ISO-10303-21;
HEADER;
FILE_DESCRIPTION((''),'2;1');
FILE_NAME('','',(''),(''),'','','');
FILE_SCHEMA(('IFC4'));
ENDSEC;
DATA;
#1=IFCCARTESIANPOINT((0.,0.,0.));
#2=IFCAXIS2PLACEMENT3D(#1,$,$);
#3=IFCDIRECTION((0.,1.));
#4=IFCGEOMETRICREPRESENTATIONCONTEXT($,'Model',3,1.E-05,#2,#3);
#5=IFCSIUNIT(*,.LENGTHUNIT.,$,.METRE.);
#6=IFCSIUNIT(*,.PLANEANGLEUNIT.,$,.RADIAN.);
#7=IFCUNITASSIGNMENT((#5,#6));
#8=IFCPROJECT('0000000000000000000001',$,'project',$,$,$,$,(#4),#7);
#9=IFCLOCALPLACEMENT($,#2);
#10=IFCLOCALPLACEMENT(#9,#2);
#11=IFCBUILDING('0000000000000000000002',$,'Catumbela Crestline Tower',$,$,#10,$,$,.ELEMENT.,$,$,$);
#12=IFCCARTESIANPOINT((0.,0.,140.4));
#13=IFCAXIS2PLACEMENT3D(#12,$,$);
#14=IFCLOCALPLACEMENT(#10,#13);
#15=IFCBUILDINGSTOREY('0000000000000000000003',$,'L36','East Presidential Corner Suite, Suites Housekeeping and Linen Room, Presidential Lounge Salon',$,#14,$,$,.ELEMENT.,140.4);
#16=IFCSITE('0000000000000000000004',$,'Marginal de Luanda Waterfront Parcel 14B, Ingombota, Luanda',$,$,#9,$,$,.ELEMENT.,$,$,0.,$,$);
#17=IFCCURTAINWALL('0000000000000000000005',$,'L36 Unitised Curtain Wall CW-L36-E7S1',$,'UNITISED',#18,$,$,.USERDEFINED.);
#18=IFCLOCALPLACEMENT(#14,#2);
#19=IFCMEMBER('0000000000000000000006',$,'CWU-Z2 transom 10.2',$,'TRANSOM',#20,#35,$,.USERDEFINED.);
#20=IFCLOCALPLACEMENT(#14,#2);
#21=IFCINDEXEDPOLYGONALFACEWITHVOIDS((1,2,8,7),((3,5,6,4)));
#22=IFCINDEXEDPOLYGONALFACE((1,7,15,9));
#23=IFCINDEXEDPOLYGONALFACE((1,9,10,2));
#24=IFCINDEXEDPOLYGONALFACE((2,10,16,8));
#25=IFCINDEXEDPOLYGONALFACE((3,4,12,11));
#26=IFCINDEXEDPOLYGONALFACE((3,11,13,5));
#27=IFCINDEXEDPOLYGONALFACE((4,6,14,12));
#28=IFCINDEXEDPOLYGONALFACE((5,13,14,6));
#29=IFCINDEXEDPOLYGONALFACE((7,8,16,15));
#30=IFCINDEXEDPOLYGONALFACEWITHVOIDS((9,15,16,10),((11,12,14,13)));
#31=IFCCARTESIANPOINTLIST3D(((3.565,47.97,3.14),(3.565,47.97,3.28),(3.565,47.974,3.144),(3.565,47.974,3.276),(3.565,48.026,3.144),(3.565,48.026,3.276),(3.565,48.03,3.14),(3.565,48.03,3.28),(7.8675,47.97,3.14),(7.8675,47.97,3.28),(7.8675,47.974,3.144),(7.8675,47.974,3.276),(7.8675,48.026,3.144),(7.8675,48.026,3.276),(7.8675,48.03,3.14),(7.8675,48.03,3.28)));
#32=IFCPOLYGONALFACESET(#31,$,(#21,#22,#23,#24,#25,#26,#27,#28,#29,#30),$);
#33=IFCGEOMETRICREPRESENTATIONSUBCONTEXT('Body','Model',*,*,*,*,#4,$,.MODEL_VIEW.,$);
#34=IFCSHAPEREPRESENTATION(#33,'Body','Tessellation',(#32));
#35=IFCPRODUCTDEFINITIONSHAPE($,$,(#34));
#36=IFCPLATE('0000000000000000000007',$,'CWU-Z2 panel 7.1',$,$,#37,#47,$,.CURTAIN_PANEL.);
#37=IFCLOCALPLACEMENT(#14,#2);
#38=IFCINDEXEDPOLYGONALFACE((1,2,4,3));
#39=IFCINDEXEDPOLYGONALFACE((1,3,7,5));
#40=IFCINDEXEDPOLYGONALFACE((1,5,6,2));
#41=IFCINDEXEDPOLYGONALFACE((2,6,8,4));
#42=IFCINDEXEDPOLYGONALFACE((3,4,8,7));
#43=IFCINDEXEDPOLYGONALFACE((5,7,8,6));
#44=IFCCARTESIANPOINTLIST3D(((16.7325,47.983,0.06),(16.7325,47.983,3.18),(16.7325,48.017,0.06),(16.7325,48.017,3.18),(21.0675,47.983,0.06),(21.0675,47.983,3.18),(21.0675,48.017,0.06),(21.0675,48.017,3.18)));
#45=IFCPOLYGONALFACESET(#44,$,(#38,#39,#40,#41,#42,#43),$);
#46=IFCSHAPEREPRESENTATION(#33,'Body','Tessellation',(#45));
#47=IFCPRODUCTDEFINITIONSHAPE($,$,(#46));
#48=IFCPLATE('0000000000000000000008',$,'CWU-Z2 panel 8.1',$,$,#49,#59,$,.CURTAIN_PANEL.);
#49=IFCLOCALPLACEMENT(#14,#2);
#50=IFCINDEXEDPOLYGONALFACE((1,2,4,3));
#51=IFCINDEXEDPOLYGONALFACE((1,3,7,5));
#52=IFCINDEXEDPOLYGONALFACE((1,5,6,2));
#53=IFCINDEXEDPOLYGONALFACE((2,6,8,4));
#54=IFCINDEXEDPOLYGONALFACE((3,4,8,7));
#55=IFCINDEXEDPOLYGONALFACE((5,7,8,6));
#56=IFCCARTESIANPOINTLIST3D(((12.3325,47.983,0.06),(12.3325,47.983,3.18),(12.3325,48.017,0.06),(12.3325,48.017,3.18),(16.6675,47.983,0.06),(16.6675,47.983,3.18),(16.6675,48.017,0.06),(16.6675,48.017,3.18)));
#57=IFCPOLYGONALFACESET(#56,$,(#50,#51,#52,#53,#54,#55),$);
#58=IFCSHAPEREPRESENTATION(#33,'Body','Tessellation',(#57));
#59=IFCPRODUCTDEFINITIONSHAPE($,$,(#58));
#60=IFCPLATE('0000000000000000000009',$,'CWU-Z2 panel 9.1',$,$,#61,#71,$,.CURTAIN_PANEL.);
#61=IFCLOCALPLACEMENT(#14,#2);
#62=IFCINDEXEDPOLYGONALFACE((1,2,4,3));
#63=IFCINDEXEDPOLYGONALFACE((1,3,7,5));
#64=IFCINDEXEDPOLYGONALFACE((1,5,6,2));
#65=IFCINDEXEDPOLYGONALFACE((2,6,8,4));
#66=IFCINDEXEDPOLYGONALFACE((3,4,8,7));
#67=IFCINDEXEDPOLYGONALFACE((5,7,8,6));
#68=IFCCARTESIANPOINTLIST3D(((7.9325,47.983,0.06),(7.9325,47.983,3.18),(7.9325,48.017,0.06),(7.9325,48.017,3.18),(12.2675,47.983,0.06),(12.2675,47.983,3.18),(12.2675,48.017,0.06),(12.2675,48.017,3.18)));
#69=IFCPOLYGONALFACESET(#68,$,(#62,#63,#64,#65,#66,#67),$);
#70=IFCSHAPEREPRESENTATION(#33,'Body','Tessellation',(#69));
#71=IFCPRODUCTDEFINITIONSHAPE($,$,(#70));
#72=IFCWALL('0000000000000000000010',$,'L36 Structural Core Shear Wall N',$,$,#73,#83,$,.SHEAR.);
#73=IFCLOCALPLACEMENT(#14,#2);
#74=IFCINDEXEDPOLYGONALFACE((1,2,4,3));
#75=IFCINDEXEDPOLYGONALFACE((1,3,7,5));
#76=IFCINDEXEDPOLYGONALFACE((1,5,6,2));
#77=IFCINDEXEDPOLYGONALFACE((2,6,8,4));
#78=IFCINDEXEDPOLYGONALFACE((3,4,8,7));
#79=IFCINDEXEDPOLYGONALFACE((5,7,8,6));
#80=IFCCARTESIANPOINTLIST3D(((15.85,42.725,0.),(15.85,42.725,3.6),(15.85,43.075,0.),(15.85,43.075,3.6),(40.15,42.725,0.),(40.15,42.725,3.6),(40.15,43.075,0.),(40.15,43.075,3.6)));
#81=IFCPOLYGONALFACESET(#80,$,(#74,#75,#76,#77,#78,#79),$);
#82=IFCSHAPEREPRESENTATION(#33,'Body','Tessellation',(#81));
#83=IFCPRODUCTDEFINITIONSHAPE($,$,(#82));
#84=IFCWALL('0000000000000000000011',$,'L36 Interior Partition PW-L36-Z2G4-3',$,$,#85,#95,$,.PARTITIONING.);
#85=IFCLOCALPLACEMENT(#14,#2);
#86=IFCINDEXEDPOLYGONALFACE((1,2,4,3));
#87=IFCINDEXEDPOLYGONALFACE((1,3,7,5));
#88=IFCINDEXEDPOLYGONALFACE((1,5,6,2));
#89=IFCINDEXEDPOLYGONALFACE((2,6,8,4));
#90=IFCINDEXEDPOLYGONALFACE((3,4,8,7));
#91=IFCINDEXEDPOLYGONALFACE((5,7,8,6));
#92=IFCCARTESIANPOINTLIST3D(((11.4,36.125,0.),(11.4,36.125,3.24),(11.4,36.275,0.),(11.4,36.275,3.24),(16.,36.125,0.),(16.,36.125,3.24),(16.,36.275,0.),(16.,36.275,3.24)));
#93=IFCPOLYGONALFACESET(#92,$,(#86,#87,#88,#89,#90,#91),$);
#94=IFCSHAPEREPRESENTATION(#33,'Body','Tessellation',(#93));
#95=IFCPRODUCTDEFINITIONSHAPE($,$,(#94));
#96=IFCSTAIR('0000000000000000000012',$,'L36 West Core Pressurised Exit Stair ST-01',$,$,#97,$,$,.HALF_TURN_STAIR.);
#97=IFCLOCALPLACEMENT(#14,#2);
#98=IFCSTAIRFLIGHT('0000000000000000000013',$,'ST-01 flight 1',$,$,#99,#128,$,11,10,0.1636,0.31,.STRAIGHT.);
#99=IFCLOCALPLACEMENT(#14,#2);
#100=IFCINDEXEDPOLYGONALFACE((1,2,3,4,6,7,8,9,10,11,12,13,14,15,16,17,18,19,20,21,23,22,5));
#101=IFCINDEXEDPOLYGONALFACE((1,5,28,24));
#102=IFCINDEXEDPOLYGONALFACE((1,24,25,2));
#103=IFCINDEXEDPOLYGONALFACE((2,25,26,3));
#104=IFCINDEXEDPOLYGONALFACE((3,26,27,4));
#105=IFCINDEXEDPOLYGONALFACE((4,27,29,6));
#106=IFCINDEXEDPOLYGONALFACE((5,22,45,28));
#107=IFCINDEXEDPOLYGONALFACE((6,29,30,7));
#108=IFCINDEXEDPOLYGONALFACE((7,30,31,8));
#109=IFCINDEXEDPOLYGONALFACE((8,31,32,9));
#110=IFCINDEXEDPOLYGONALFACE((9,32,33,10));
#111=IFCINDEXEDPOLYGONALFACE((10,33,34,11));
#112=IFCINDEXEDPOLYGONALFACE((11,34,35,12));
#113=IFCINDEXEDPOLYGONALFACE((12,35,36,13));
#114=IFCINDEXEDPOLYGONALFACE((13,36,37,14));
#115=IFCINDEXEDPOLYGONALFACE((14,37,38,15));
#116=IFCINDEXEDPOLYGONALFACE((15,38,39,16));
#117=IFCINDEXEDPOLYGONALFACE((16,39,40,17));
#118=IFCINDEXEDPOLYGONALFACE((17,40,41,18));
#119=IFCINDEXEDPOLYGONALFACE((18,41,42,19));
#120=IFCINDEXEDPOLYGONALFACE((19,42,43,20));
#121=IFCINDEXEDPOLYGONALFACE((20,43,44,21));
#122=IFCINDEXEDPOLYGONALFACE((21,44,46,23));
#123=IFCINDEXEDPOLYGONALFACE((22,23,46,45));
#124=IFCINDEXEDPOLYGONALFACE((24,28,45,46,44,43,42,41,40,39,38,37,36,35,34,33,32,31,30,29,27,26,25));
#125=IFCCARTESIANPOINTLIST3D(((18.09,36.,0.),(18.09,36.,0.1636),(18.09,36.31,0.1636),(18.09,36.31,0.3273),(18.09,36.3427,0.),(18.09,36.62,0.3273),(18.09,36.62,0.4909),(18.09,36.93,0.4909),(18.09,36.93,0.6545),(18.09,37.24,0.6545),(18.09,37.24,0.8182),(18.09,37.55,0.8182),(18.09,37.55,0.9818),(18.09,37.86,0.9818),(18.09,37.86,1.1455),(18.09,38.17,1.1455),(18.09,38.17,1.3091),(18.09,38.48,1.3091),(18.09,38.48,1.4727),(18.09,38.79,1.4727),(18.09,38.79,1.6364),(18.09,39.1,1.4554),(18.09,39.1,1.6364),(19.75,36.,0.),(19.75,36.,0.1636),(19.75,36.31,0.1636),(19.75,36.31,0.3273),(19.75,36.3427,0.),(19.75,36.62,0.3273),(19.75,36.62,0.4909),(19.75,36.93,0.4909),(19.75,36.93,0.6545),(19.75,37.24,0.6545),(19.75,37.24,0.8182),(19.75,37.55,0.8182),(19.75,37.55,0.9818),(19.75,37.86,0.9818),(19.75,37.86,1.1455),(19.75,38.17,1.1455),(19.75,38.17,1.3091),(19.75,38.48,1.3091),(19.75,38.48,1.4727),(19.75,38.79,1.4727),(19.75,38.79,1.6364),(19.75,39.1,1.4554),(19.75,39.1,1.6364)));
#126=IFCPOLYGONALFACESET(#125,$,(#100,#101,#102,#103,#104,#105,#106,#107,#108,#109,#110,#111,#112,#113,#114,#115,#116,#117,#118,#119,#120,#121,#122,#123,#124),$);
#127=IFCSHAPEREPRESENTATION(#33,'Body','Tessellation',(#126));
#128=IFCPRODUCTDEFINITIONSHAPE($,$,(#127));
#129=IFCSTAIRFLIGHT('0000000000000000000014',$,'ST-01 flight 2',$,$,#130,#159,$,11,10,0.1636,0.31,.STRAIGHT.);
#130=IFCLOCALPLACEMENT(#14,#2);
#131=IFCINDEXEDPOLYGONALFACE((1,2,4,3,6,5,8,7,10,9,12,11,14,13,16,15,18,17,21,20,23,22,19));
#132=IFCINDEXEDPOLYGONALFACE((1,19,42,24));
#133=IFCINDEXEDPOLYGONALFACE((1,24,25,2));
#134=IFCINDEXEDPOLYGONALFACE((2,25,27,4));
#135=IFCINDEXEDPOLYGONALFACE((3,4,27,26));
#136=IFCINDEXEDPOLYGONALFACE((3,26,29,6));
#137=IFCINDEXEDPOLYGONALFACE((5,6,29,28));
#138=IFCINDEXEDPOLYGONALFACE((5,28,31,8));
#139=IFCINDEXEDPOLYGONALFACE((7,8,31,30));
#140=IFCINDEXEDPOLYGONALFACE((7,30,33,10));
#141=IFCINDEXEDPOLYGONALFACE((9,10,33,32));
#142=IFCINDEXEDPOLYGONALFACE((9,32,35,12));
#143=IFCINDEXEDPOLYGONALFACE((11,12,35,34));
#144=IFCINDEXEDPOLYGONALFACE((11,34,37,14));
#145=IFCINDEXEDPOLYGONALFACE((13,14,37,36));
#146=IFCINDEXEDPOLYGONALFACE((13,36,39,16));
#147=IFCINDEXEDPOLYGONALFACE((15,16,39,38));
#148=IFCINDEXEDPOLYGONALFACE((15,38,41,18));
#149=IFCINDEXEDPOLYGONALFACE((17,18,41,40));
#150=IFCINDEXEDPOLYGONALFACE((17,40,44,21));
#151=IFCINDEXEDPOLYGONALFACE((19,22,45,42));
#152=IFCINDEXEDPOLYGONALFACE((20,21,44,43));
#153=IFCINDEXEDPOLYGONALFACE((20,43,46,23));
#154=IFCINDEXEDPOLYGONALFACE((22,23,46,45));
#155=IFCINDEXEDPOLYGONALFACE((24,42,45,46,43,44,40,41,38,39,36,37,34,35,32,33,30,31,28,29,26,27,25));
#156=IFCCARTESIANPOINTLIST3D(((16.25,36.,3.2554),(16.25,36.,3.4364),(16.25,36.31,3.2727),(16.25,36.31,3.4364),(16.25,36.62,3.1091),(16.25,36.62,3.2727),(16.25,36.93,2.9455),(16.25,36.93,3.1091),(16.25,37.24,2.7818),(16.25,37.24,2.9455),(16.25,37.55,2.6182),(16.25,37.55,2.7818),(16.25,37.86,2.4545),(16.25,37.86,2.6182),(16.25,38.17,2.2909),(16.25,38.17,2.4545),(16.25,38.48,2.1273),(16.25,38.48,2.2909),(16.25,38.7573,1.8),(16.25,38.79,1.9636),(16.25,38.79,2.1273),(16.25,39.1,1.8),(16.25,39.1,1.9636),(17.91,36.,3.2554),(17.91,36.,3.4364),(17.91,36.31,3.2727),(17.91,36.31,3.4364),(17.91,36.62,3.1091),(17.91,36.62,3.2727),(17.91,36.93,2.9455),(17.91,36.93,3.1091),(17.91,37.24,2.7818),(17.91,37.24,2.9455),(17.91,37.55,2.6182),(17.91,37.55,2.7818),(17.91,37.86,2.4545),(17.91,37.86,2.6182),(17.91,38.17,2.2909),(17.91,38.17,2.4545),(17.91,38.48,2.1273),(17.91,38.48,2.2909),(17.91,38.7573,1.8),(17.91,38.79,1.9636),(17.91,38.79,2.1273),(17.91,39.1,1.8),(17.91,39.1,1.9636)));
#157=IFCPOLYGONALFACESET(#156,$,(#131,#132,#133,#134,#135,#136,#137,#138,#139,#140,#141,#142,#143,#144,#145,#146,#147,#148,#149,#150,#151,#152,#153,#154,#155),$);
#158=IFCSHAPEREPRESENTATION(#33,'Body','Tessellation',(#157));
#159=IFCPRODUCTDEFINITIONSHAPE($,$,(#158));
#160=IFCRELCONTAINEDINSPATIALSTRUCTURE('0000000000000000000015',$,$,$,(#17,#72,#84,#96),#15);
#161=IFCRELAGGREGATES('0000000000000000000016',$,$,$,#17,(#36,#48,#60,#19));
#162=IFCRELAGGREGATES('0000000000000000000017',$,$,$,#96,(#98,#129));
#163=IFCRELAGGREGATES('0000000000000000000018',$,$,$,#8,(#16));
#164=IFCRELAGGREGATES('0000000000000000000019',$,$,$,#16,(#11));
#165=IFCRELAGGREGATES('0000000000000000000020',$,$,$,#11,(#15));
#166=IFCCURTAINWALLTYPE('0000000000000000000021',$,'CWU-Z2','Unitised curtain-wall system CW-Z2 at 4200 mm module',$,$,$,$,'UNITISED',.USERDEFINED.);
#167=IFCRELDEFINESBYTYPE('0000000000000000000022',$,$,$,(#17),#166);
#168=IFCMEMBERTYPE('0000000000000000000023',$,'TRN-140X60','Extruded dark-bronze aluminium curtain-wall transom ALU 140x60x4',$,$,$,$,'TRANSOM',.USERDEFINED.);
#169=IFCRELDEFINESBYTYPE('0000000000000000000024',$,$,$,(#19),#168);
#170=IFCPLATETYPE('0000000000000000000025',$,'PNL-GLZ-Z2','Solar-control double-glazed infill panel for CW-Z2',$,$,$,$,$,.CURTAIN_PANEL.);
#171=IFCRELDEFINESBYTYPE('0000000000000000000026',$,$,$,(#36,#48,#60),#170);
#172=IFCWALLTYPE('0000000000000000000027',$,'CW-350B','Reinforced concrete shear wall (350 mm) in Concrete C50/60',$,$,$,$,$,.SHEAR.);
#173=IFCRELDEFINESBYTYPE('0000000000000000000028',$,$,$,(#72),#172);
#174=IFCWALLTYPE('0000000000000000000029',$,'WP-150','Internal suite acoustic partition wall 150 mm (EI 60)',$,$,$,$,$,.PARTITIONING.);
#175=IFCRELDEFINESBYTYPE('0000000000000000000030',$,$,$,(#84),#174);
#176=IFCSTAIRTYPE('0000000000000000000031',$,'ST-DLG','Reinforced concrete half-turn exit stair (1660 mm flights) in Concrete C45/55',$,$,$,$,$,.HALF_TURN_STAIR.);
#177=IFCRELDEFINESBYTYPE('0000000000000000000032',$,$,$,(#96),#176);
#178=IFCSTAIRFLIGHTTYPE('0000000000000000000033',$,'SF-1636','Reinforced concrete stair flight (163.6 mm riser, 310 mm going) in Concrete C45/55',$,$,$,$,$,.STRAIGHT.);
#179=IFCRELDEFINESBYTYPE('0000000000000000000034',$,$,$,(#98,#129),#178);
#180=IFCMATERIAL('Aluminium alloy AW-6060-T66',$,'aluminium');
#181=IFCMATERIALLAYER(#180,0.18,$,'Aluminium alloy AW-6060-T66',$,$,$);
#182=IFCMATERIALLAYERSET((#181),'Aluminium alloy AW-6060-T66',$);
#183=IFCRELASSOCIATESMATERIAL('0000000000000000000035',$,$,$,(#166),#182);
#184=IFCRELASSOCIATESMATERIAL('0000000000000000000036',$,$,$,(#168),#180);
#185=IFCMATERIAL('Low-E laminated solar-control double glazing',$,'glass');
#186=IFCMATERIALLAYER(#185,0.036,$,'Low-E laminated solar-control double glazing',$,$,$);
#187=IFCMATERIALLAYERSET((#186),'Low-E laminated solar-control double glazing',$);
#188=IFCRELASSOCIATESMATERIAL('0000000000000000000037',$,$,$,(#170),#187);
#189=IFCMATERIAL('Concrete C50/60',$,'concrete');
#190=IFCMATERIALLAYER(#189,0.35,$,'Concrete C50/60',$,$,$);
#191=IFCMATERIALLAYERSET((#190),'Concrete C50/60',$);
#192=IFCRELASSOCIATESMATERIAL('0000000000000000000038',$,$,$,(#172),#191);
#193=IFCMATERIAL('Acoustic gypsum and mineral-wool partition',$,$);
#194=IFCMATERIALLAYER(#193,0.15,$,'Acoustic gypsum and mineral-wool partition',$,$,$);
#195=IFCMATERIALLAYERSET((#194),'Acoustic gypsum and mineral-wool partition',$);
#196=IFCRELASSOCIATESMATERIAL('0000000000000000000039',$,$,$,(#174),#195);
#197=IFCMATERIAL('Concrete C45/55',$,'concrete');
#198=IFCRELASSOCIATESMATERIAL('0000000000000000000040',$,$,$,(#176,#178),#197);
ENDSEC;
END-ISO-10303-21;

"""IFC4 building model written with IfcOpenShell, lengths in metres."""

from ifc_helpers import new_model, si_unit, direction, frame, frame_2d, origin, origin_2d, place, context, subcontext, project, spatial, polyline, rectangle, hollow_rectangle, outline, extrude, material, layer, layer_set, material_profile, profile_set, type_object, element, aggregate, save


model = new_model("IFC4")

# Units and contexts
model_context = context("Model", 3, precision=1e-05, world=origin(), true_north=direction((0.0, 1.0)))
body_context = subcontext(model_context, "Body", "Model", "MODEL_VIEW")
ifc_project = project(units=[si_unit("LENGTHUNIT", "METRE"), si_unit("PLANEANGLEUNIT", "RADIAN")], contexts=[model_context])

# Site, building, storey
site_placement = place(None, origin())
site = spatial("IfcSite", under=ifc_project, at=site_placement, Name="Marginal de Luanda Waterfront Parcel 14B, Ingombota, Luanda", CompositionType="ELEMENT", RefElevation=0.0)
building_placement = place(site_placement, origin())
building = spatial("IfcBuilding", under=site, at=building_placement, Name="Catumbela Crestline Tower", CompositionType="ELEMENT")
storey_placement = place(building_placement, frame((0.0, 0.0, 140.4)))
storey = spatial("IfcBuildingStorey", under=building, at=storey_placement, Name="L36", Description="East Presidential Corner Suite, Suites Housekeeping and Linen Room, Presidential Lounge Salon", CompositionType="ELEMENT", Elevation=140.4)

# Curtain wall
ifc_material_1 = material(Name="Aluminium alloy AW-6060-T66", Category="aluminium")
ifc_layer_1 = layer(ifc_material_1, 0.18, Name="Aluminium alloy AW-6060-T66")
ifc_layer_set_1 = layer_set([ifc_layer_1], Name="Aluminium alloy AW-6060-T66")
curtain_wall_type = type_object("IfcCurtainWallType", Name="CWU-Z2", Description="Unitised curtain-wall system CW-Z2 at 4200 mm module", ElementType="UNITISED", PredefinedType="USERDEFINED", material=ifc_layer_set_1)
curtain_wall_placement = place(storey_placement, origin())
curtain_wall = element("IfcCurtainWall", 1, at=curtain_wall_placement, inside=storey, type_object=curtain_wall_type, Name="L36 Unitised Curtain Wall CW-L36-E7S1", ObjectType="UNITISED", PredefinedType="USERDEFINED")

# Member
ifc_material_profile_1 = material_profile(ifc_material_1, hollow_rectangle(XDim=0.06, YDim=0.14, WallThickness=0.004, at=origin_2d()), Name="ALU 140x60x4")
ifc_profile_set_1 = profile_set([ifc_material_profile_1], Name="Aluminium alloy AW-6060-T66")
member_type_1 = type_object("IfcMemberType", Name="TRN-140X60", Description="Extruded dark-bronze aluminium curtain-wall transom ALU 140x60x4", ElementType="TRANSOM", PredefinedType="USERDEFINED", material=ifc_profile_set_1)
member_1_placement = place(storey_placement, frame((7.8675, 48.0, 3.21), z_axis=(-1.0, 0.0, 0.0), x_axis=(0.0, -1.0, 0.0)))
member_1 = element("IfcMember", 2, at=member_1_placement, type_object=member_type_1, Name="CWU-Z2 transom 10.2", ObjectType="TRANSOM", PredefinedType="USERDEFINED", context=body_context, shape_type="SweptSolid", body=[
    extrude(hollow_rectangle(XDim=0.06, YDim=0.14, WallThickness=0.004, at=origin_2d()), origin(), (0.0, 0.0, 1.0), 4.3025),
])

# Plates
ifc_material_2 = material(Name="Low-E laminated solar-control double glazing", Category="glass")
ifc_layer_2 = layer(ifc_material_2, 0.036, Name="Low-E laminated solar-control double glazing")
ifc_layer_set_2 = layer_set([ifc_layer_2], Name="Low-E laminated solar-control double glazing")
plate_type = type_object("IfcPlateType", Name="PNL-GLZ-Z2", Description="Solar-control double-glazed infill panel for CW-Z2", PredefinedType="CURTAIN_PANEL", material=ifc_layer_set_2)
plate_1_placement = place(storey_placement, frame((18.9, 48.0, 0.06), z_axis=(0.0, 0.0, 1.0), x_axis=(-1.0, 0.0, 0.0)))
plate_1 = element("IfcPlate", 3, at=plate_1_placement, type_object=plate_type, Name="CWU-Z2 panel 7.1", PredefinedType="CURTAIN_PANEL", context=body_context, shape_type="SweptSolid", body=[
    extrude(rectangle(XDim=4.335, YDim=0.034, at=origin_2d()), origin(), (0.0, 0.0, 1.0), 3.12),
])
plate_2_placement = place(storey_placement, frame((14.5, 48.0, 0.06), z_axis=(0.0, 0.0, 1.0), x_axis=(-1.0, 0.0, 0.0)))
plate_2 = element("IfcPlate", 4, at=plate_2_placement, type_object=plate_type, Name="CWU-Z2 panel 8.1", PredefinedType="CURTAIN_PANEL", context=body_context, shape_type="SweptSolid", body=[
    extrude(rectangle(XDim=4.335, YDim=0.034, at=origin_2d()), origin(), (0.0, 0.0, 1.0), 3.12),
])
plate_3_placement = place(storey_placement, frame((10.1, 48.0, 0.06), z_axis=(0.0, 0.0, 1.0), x_axis=(-1.0, 0.0, 0.0)))
plate_3 = element("IfcPlate", 5, at=plate_3_placement, type_object=plate_type, Name="CWU-Z2 panel 9.1", PredefinedType="CURTAIN_PANEL", context=body_context, shape_type="SweptSolid", body=[
    extrude(rectangle(XDim=4.335, YDim=0.034, at=origin_2d()), origin(), (0.0, 0.0, 1.0), 3.12),
])
aggregate(curtain_wall, [plate_1, plate_2, plate_3, member_1])

# Walls
ifc_material_3 = material(Name="Concrete C50/60", Category="concrete")
ifc_layer_3 = layer(ifc_material_3, 0.35, Name="Concrete C50/60")
ifc_layer_set_3 = layer_set([ifc_layer_3], Name="Concrete C50/60")
wall_type_1 = type_object("IfcWallType", Name="CW-350B", Description="Reinforced concrete shear wall (350 mm) in Concrete C50/60", PredefinedType="SHEAR", material=ifc_layer_set_3)
wall_1_placement = place(storey_placement, frame((15.85, 42.9, 0.0), z_axis=(0.0, 0.0, 1.0), x_axis=(1.0, 0.0, 0.0)))
element("IfcWall", 6, at=wall_1_placement, inside=storey, type_object=wall_type_1, Name="L36 Structural Core Shear Wall N", PredefinedType="SHEAR", context=body_context, shape_type="SweptSolid", body=[
    extrude(rectangle(XDim=24.3, YDim=0.35, at=frame_2d((12.15, 0.0))), origin(), (0.0, 0.0, 1.0), 3.6),
])
ifc_material_4 = material(Name="Acoustic gypsum and mineral-wool partition")
ifc_layer_4 = layer(ifc_material_4, 0.15, Name="Acoustic gypsum and mineral-wool partition")
ifc_layer_set_4 = layer_set([ifc_layer_4], Name="Acoustic gypsum and mineral-wool partition")
wall_type_2 = type_object("IfcWallType", Name="WP-150", Description="Internal suite acoustic partition wall 150 mm (EI 60)", PredefinedType="PARTITIONING", material=ifc_layer_set_4)
wall_2_placement = place(storey_placement, frame((11.4, 36.2, 0.0), z_axis=(0.0, 0.0, 1.0), x_axis=(1.0, 0.0, 0.0)))
element("IfcWall", 7, at=wall_2_placement, inside=storey, type_object=wall_type_2, Name="L36 Interior Partition PW-L36-Z2G4-3", PredefinedType="PARTITIONING", context=body_context, shape_type="SweptSolid", body=[
    extrude(rectangle(XDim=4.6, YDim=0.15, at=frame_2d((2.3, 0.0))), origin(), (0.0, 0.0, 1.0), 3.24),
])

# Stair, stair flights
ifc_material_5 = material(Name="Concrete C45/55", Category="concrete")
stair_type = type_object("IfcStairType", Name="ST-DLG", Description="Reinforced concrete half-turn exit stair (1660 mm flights) in Concrete C45/55", PredefinedType="HALF_TURN_STAIR", material=ifc_material_5)
stair_placement = place(storey_placement, origin())
stair = element("IfcStair", 8, at=stair_placement, inside=storey, type_object=stair_type, Name="L36 West Core Pressurised Exit Stair ST-01", PredefinedType="HALF_TURN_STAIR")
stair_flight_type = type_object("IfcStairFlightType", Name="SF-1636", Description="Reinforced concrete stair flight (163.6 mm riser, 310 mm going) in Concrete C45/55", PredefinedType="STRAIGHT", material=ifc_material_5)
stair_flight_1_placement = place(storey_placement, frame((18.92, 36.0, 0.0), z_axis=(0.0, 0.0, 1.0), x_axis=(0.0, 1.0, 0.0)))
stair_flight_1 = element("IfcStairFlight", 9, at=stair_flight_1_placement, type_object=stair_flight_type, Name="ST-01 flight 1", NumberOfRisers=11, NumberOfTreads=10, PredefinedType="STRAIGHT", RiserHeight=0.1636, TreadLength=0.31, context=body_context, shape_type="SweptSolid", body=[
    extrude(outline(polyline([(0.0, 0.0), (0.0, 0.1636), (0.31, 0.1636), (0.31, 0.3273), (0.62, 0.3273), (0.62, 0.4909), (0.93, 0.4909), (0.93, 0.6545), (1.24, 0.6545), (1.24, 0.8182), (1.55, 0.8182), (1.55, 0.9818), (1.86, 0.9818), (1.86, 1.1455), (2.17, 1.1455), (2.17, 1.3091), (2.48, 1.3091), (2.48, 1.4727), (2.79, 1.4727), (2.79, 1.6364), (3.1, 1.6364), (3.1, 1.8), (3.1, 1.4554), (0.3427, 0.0), (0.0, 0.0)])), frame((0.0, 0.83, 0.0), z_axis=(0.0, -1.0, 0.0), x_axis=(1.0, 0.0, 0.0)), (0.0, 0.0, 1.0), 1.66),
])
stair_flight_2_placement = place(storey_placement, frame((17.08, 39.1, 1.8), z_axis=(0.0, 0.0, 1.0), x_axis=(0.0, -1.0, 0.0)))
stair_flight_2 = element("IfcStairFlight", 10, at=stair_flight_2_placement, type_object=stair_flight_type, Name="ST-01 flight 2", NumberOfRisers=11, NumberOfTreads=10, PredefinedType="STRAIGHT", RiserHeight=0.1636, TreadLength=0.31, context=body_context, shape_type="SweptSolid", body=[
    extrude(outline(polyline([(0.0, 0.0), (0.0, 0.1636), (0.31, 0.1636), (0.31, 0.3273), (0.62, 0.3273), (0.62, 0.4909), (0.93, 0.4909), (0.93, 0.6545), (1.24, 0.6545), (1.24, 0.8182), (1.55, 0.8182), (1.55, 0.9818), (1.86, 0.9818), (1.86, 1.1455), (2.17, 1.1455), (2.17, 1.3091), (2.48, 1.3091), (2.48, 1.4727), (2.79, 1.4727), (2.79, 1.6364), (3.1, 1.6364), (3.1, 1.8), (3.1, 1.4554), (0.3427, 0.0), (0.0, 0.0)])), frame((0.0, 0.83, 0.0), z_axis=(0.0, -1.0, 0.0), x_axis=(1.0, 0.0, 0.0)), (0.0, 0.0, 1.0), 1.66),
])
aggregate(stair, [stair_flight_1, stair_flight_2])

save(model, "model.ifc")
